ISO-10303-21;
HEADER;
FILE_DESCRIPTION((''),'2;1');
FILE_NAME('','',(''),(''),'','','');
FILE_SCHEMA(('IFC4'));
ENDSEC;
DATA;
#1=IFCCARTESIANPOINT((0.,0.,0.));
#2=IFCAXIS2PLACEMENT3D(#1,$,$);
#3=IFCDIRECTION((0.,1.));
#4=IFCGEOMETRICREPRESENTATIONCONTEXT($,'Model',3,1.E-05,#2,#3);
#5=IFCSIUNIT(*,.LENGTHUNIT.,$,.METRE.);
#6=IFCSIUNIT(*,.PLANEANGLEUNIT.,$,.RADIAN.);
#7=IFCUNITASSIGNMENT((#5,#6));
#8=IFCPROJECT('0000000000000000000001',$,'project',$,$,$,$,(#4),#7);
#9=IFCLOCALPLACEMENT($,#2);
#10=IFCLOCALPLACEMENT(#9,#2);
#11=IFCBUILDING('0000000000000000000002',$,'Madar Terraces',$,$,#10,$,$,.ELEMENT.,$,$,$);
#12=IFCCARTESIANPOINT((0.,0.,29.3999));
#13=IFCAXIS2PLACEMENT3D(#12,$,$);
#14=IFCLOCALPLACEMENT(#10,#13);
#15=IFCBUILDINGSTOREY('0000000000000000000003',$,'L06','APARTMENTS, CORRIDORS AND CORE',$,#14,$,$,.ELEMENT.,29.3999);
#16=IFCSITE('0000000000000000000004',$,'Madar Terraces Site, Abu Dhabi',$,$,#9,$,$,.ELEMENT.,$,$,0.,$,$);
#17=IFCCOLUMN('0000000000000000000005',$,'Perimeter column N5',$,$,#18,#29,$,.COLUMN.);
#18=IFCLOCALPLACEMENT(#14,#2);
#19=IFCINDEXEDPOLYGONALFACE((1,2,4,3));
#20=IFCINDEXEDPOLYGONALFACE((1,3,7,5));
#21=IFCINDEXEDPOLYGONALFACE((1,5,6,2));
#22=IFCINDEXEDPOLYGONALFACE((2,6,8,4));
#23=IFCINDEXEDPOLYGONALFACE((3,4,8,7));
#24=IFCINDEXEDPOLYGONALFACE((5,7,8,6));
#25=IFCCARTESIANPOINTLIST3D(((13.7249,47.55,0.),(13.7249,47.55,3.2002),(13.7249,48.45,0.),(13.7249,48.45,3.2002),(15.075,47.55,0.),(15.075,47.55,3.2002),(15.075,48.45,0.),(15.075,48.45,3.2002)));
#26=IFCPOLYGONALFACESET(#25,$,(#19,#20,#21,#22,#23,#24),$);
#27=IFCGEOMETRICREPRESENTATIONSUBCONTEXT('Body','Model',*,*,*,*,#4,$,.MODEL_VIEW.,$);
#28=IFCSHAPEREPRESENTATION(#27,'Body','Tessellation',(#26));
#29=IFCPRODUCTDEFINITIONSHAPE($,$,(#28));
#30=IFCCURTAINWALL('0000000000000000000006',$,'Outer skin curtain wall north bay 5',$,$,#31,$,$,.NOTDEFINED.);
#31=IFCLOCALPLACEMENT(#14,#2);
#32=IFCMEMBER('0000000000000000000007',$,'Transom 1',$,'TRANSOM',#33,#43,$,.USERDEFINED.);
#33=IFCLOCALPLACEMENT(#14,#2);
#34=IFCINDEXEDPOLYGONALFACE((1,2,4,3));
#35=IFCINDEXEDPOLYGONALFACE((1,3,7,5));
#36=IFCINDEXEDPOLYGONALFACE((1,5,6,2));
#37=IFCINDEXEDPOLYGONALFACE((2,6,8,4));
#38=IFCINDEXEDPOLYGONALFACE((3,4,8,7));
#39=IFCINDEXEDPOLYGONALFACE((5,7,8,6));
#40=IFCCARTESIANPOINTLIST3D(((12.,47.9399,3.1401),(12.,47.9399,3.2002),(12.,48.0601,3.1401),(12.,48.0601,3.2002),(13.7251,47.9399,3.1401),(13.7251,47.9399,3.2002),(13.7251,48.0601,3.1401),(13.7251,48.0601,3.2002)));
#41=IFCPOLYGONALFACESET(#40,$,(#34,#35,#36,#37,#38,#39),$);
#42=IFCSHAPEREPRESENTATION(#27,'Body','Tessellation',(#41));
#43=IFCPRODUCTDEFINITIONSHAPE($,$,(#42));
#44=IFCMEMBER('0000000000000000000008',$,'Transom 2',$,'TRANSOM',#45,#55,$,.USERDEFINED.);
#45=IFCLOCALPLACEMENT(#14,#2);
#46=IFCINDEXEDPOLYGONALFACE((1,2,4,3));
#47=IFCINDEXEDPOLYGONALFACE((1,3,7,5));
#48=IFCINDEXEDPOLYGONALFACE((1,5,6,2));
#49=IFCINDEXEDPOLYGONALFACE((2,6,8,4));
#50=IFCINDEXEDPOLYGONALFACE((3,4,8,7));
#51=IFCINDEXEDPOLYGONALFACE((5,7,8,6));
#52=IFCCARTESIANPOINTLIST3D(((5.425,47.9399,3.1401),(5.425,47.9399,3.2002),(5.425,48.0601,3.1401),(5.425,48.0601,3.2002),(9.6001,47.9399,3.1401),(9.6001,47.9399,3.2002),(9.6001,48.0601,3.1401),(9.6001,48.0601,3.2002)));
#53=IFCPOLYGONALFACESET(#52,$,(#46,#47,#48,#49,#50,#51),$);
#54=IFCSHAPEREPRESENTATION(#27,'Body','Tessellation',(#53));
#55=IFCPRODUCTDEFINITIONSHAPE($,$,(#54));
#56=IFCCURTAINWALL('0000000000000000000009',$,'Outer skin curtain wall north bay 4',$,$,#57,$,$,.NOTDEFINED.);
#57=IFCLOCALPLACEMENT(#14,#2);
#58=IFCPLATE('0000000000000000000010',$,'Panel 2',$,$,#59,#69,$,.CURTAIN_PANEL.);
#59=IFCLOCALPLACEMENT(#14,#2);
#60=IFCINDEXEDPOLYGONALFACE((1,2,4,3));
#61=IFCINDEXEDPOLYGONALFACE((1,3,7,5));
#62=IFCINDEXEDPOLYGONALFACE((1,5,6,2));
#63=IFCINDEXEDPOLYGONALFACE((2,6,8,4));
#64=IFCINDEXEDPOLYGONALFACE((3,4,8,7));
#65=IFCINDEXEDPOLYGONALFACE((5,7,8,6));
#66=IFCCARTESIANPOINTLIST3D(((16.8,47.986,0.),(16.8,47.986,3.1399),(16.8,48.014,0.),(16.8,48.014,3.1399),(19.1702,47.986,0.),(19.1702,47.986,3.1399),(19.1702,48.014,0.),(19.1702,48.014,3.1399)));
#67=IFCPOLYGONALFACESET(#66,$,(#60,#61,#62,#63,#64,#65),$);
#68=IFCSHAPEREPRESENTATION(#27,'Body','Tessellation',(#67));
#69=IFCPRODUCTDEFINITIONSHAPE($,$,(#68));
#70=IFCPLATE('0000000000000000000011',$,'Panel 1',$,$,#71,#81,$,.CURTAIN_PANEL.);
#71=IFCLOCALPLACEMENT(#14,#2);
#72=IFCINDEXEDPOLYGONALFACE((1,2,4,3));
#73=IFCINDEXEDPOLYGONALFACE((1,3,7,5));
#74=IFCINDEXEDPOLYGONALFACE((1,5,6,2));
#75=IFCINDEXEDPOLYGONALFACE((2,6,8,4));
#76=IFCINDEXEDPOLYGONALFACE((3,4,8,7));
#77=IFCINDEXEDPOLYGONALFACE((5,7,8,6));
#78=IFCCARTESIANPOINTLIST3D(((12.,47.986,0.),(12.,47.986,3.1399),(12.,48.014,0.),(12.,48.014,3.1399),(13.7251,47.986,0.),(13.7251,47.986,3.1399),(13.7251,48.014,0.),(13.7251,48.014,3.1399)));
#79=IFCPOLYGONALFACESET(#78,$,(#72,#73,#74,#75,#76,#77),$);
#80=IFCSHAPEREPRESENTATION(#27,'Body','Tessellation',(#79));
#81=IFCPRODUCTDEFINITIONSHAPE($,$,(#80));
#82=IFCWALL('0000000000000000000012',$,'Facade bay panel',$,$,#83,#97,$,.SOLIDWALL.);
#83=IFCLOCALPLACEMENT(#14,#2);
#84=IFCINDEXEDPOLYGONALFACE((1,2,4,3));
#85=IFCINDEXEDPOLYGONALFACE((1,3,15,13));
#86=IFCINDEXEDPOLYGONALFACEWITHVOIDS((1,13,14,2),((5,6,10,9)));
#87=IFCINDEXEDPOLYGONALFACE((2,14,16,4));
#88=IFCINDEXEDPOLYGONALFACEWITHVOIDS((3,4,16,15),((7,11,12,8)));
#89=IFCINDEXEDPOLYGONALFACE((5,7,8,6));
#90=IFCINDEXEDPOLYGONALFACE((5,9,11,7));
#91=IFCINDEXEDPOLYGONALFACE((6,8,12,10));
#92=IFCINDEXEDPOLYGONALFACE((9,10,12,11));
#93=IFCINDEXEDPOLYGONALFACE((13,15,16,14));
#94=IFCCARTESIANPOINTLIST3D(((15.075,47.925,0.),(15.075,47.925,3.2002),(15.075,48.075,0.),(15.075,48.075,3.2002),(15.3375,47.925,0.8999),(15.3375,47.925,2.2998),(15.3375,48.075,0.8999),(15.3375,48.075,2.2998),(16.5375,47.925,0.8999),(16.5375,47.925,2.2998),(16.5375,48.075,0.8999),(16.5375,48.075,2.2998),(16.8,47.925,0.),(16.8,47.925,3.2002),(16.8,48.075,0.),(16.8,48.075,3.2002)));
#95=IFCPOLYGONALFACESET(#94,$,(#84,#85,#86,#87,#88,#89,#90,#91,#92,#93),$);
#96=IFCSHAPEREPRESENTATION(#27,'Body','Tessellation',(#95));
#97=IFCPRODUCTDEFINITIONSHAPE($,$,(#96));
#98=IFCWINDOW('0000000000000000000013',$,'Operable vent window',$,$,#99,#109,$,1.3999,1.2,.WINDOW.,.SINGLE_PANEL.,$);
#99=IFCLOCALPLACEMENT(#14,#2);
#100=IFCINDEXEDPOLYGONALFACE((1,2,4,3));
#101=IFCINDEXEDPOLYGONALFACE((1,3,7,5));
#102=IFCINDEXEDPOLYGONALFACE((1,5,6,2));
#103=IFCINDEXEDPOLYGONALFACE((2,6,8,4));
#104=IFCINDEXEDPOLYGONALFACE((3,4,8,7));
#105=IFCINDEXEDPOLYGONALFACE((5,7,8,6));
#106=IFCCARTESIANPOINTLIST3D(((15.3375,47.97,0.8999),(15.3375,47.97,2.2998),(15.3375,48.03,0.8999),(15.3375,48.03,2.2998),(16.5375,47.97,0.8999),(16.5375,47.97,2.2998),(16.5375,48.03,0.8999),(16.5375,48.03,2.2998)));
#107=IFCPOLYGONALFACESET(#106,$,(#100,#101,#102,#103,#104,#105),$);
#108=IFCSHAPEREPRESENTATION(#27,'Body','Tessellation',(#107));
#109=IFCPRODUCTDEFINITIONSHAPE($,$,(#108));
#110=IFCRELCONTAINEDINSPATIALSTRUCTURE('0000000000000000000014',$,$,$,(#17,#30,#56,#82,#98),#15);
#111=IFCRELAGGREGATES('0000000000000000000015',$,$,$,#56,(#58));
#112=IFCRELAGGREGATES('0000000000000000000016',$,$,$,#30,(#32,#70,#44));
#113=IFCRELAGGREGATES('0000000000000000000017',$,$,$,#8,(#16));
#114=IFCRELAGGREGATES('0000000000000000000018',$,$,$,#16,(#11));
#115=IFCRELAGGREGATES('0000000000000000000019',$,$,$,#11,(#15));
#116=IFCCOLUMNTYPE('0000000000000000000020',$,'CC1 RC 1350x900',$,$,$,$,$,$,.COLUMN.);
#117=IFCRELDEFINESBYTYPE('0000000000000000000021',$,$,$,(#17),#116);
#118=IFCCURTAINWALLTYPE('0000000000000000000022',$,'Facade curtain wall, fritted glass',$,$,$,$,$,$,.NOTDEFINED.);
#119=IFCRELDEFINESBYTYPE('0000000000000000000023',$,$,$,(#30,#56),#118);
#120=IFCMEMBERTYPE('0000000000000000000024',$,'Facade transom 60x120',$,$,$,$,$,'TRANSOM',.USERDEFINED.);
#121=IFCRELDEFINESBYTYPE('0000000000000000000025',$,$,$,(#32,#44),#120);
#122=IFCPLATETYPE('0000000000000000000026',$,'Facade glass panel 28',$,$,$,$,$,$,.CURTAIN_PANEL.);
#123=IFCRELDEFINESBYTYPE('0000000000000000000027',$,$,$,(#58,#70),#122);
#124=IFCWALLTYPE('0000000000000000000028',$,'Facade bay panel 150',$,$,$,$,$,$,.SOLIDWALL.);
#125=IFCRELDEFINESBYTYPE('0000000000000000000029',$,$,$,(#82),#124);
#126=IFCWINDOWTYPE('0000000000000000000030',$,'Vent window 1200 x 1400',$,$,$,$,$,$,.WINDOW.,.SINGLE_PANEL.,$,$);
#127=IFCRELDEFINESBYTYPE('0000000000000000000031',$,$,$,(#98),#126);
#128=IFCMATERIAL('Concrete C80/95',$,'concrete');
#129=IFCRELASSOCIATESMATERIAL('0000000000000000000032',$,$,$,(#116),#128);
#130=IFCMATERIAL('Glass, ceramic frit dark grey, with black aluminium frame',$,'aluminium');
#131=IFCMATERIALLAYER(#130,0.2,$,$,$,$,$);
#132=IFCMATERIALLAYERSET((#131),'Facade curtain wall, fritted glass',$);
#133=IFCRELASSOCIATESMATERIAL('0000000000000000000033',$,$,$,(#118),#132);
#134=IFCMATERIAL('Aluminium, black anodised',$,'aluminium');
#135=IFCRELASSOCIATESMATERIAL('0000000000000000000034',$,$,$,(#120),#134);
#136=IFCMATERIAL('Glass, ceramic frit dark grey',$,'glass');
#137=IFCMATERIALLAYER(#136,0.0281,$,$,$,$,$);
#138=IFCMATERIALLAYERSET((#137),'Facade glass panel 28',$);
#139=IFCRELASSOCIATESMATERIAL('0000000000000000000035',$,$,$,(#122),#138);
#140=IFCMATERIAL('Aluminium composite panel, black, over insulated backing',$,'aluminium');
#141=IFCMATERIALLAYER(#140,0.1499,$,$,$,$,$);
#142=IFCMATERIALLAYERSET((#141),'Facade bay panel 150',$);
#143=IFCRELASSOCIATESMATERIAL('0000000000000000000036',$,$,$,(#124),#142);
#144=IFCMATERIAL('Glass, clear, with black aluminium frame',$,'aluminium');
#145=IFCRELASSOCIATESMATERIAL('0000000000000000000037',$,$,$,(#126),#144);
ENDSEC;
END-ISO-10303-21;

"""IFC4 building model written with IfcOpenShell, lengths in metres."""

from ifc_helpers import new_model, si_unit, direction, frame, frame_2d, origin, origin_2d, place, context, subcontext, project, spatial, rectangle, extrude, material, layer, layer_set, material_profile, profile_set, type_object, element, fill, aggregate, save


model = new_model("IFC4")

# Units and contexts
model_context = context("Model", 3, precision=1e-05, world=origin(), true_north=direction((0.0, 1.0)))
body_context = subcontext(model_context, "Body", "Model", "MODEL_VIEW")
ifc_project = project(units=[si_unit("LENGTHUNIT", "METRE"), si_unit("PLANEANGLEUNIT", "RADIAN")], contexts=[model_context])

# Site, building, storey
site_placement = place(None, origin())
site = spatial("IfcSite", under=ifc_project, at=site_placement, Name="Madar Terraces Site, Abu Dhabi", CompositionType="ELEMENT", RefElevation=0.0)
building_placement = place(site_placement, origin())
building = spatial("IfcBuilding", under=site, at=building_placement, Name="Madar Terraces", CompositionType="ELEMENT")
storey_placement = place(building_placement, frame((0.0, 0.0, 29.3999)))
storey = spatial("IfcBuildingStorey", under=building, at=storey_placement, Name="L06", Description="APARTMENTS, CORRIDORS AND CORE", CompositionType="ELEMENT", Elevation=29.3999)

# Column
ifc_material_1 = material(Name="Concrete C80/95", Category="concrete")
ifc_material_profile_1 = material_profile(ifc_material_1, rectangle(XDim=1.3501, YDim=0.8999, at=origin_2d()), Name="CC1 RC 1350x900")
ifc_profile_set_1 = profile_set([ifc_material_profile_1], Name="Concrete C80/95")
column_type = type_object("IfcColumnType", Name="CC1 RC 1350x900", PredefinedType="COLUMN", material=ifc_profile_set_1)
column_placement = place(storey_placement, frame((14.3999, 48.0, 0.0), z_axis=(0.0, 0.0, 1.0), x_axis=(1.0, 0.0, 0.0)))
element("IfcColumn", 1, at=column_placement, inside=storey, type_object=column_type, Name="Perimeter column N5", PredefinedType="COLUMN", context=body_context, shape_type="SweptSolid", body=[
    extrude(rectangle(XDim=1.3501, YDim=0.8999, at=origin_2d()), origin(), (0.0, 0.0, 1.0), 3.2002),
])

# Curtain wall, members
ifc_material_2 = material(Name="Glass, ceramic frit dark grey, with black aluminium frame", Category="aluminium")
ifc_layer_1 = layer(ifc_material_2, 0.2)
ifc_layer_set_1 = layer_set([ifc_layer_1], Name="Facade curtain wall, fritted glass")
curtain_wall_type = type_object("IfcCurtainWallType", Name="Facade curtain wall, fritted glass", PredefinedType="NOTDEFINED", material=ifc_layer_set_1)
curtain_wall_1_placement = place(storey_placement, origin())
curtain_wall_1 = element("IfcCurtainWall", 2, at=curtain_wall_1_placement, inside=storey, type_object=curtain_wall_type, Name="Outer skin curtain wall north bay 5", PredefinedType="NOTDEFINED")
ifc_material_3 = material(Name="Aluminium, black anodised", Category="aluminium")
ifc_material_profile_2 = material_profile(ifc_material_3, rectangle(XDim=0.1201, YDim=0.0601, at=origin_2d()), Name="Facade transom 60x120")
ifc_profile_set_2 = profile_set([ifc_material_profile_2], Name="Aluminium, black anodised")
member_type = type_object("IfcMemberType", Name="Facade transom 60x120", ElementType="TRANSOM", PredefinedType="USERDEFINED", material=ifc_profile_set_2)
member_1_placement = place(storey_placement, frame((13.7251, 48.0, 3.1702), z_axis=(-1.0, 0.0, 0.0), x_axis=(0.0, -1.0, 0.0)))
member_1 = element("IfcMember", 3, at=member_1_placement, type_object=member_type, Name="Transom 1", ObjectType="TRANSOM", PredefinedType="USERDEFINED", context=body_context, shape_type="SweptSolid", body=[
    extrude(rectangle(XDim=0.1201, YDim=0.0601, at=origin_2d()), origin(), (0.0, 0.0, 1.0), 1.7251),
])
member_2_placement = place(storey_placement, frame((9.6001, 48.0, 3.1702), z_axis=(-1.0, 0.0, 0.0), x_axis=(0.0, -1.0, 0.0)))
member_2 = element("IfcMember", 4, at=member_2_placement, type_object=member_type, Name="Transom 2", ObjectType="TRANSOM", PredefinedType="USERDEFINED", context=body_context, shape_type="SweptSolid", body=[
    extrude(rectangle(XDim=0.1201, YDim=0.0601, at=origin_2d()), origin(), (0.0, 0.0, 1.0), 4.175),
])

# Curtain wall, plate
curtain_wall_2_placement = place(storey_placement, origin())
curtain_wall_2 = element("IfcCurtainWall", 5, at=curtain_wall_2_placement, inside=storey, type_object=curtain_wall_type, Name="Outer skin curtain wall north bay 4", PredefinedType="NOTDEFINED")
ifc_material_4 = material(Name="Glass, ceramic frit dark grey", Category="glass")
ifc_layer_2 = layer(ifc_material_4, 0.0281)
ifc_layer_set_2 = layer_set([ifc_layer_2], Name="Facade glass panel 28")
plate_type = type_object("IfcPlateType", Name="Facade glass panel 28", PredefinedType="CURTAIN_PANEL", material=ifc_layer_set_2)
plate_1_placement = place(storey_placement, frame((17.9851, 48.0, 0.0), z_axis=(0.0, 0.0, 1.0), x_axis=(-1.0, 0.0, 0.0)))
plate_1 = element("IfcPlate", 6, at=plate_1_placement, type_object=plate_type, Name="Panel 2", PredefinedType="CURTAIN_PANEL", context=body_context, shape_type="SweptSolid", body=[
    extrude(rectangle(XDim=2.3701, YDim=0.0281, at=origin_2d()), origin(), (0.0, 0.0, 1.0), 3.1399),
])
aggregate(curtain_wall_2, [plate_1])

# Plate
plate_2_placement = place(storey_placement, frame((12.8625, 48.0, 0.0), z_axis=(0.0, 0.0, 1.0), x_axis=(-1.0, 0.0, 0.0)))
plate_2 = element("IfcPlate", 7, at=plate_2_placement, type_object=plate_type, Name="Panel 1", PredefinedType="CURTAIN_PANEL", context=body_context, shape_type="SweptSolid", body=[
    extrude(rectangle(XDim=1.7251, YDim=0.0281, at=origin_2d()), origin(), (0.0, 0.0, 1.0), 3.1399),
])
aggregate(curtain_wall_1, [member_1, plate_2, member_2])

# Wall, opening, window
ifc_material_5 = material(Name="Aluminium composite panel, black, over insulated backing", Category="aluminium")
ifc_layer_3 = layer(ifc_material_5, 0.1499)
ifc_layer_set_3 = layer_set([ifc_layer_3], Name="Facade bay panel 150")
wall_type_1 = type_object("IfcWallType", Name="Facade bay panel 150", PredefinedType="SOLIDWALL", material=ifc_layer_set_3)
wall_1_placement = place(storey_placement, frame((16.8, 48.0, 0.0), z_axis=(0.0, 0.0, 1.0), x_axis=(-1.0, 0.0, 0.0)))
wall_1 = element("IfcWall", 8, at=wall_1_placement, inside=storey, type_object=wall_type_1, Name="Facade bay panel", PredefinedType="SOLIDWALL", context=body_context, shape_type="SweptSolid", body=[
    extrude(rectangle(XDim=1.7251, YDim=0.1499, at=frame_2d((0.8625, 0.0))), origin(), (0.0, 0.0, 1.0), 3.2002),
])
opening_1_placement = place(wall_1_placement, frame((0.2625, 0.0, 0.8999)))
opening_1 = element("IfcOpeningElement", 9, at=opening_1_placement, cuts=wall_1, PredefinedType="OPENING", context=body_context, shape_type="SweptSolid", body=[
    extrude(rectangle(XDim=1.2, YDim=1.3999, at=frame_2d((0.6001, 0.7))), frame((0.0, 0.085, 0.0), z_axis=(0.0, -1.0, 0.0), x_axis=(1.0, 0.0, 0.0)), (0.0, 0.0, 1.0), 0.1699),
])
ifc_material_6 = material(Name="Glass, clear, with black aluminium frame", Category="aluminium")
window_type = type_object("IfcWindowType", Name="Vent window 1200 x 1400", PartitioningType="SINGLE_PANEL", PredefinedType="WINDOW", material=ifc_material_6)
window_placement = place(opening_1_placement, origin())
window = element("IfcWindow", 10, at=window_placement, inside=storey, type_object=window_type, Name="Operable vent window", OverallHeight=1.3999, OverallWidth=1.2, PartitioningType="SINGLE_PANEL", PredefinedType="WINDOW", context=body_context, shape_type="SweptSolid", body=[
    extrude(rectangle(XDim=1.2, YDim=1.3999, at=frame_2d((0.6001, 0.7))), frame((0.0, 0.03, 0.0), z_axis=(0.0, -1.0, 0.0), x_axis=(1.0, 0.0, 0.0)), (0.0, 0.0, 1.0), 0.0601),
])
fill(opening_1, window)

save(model, "model.ifc")
